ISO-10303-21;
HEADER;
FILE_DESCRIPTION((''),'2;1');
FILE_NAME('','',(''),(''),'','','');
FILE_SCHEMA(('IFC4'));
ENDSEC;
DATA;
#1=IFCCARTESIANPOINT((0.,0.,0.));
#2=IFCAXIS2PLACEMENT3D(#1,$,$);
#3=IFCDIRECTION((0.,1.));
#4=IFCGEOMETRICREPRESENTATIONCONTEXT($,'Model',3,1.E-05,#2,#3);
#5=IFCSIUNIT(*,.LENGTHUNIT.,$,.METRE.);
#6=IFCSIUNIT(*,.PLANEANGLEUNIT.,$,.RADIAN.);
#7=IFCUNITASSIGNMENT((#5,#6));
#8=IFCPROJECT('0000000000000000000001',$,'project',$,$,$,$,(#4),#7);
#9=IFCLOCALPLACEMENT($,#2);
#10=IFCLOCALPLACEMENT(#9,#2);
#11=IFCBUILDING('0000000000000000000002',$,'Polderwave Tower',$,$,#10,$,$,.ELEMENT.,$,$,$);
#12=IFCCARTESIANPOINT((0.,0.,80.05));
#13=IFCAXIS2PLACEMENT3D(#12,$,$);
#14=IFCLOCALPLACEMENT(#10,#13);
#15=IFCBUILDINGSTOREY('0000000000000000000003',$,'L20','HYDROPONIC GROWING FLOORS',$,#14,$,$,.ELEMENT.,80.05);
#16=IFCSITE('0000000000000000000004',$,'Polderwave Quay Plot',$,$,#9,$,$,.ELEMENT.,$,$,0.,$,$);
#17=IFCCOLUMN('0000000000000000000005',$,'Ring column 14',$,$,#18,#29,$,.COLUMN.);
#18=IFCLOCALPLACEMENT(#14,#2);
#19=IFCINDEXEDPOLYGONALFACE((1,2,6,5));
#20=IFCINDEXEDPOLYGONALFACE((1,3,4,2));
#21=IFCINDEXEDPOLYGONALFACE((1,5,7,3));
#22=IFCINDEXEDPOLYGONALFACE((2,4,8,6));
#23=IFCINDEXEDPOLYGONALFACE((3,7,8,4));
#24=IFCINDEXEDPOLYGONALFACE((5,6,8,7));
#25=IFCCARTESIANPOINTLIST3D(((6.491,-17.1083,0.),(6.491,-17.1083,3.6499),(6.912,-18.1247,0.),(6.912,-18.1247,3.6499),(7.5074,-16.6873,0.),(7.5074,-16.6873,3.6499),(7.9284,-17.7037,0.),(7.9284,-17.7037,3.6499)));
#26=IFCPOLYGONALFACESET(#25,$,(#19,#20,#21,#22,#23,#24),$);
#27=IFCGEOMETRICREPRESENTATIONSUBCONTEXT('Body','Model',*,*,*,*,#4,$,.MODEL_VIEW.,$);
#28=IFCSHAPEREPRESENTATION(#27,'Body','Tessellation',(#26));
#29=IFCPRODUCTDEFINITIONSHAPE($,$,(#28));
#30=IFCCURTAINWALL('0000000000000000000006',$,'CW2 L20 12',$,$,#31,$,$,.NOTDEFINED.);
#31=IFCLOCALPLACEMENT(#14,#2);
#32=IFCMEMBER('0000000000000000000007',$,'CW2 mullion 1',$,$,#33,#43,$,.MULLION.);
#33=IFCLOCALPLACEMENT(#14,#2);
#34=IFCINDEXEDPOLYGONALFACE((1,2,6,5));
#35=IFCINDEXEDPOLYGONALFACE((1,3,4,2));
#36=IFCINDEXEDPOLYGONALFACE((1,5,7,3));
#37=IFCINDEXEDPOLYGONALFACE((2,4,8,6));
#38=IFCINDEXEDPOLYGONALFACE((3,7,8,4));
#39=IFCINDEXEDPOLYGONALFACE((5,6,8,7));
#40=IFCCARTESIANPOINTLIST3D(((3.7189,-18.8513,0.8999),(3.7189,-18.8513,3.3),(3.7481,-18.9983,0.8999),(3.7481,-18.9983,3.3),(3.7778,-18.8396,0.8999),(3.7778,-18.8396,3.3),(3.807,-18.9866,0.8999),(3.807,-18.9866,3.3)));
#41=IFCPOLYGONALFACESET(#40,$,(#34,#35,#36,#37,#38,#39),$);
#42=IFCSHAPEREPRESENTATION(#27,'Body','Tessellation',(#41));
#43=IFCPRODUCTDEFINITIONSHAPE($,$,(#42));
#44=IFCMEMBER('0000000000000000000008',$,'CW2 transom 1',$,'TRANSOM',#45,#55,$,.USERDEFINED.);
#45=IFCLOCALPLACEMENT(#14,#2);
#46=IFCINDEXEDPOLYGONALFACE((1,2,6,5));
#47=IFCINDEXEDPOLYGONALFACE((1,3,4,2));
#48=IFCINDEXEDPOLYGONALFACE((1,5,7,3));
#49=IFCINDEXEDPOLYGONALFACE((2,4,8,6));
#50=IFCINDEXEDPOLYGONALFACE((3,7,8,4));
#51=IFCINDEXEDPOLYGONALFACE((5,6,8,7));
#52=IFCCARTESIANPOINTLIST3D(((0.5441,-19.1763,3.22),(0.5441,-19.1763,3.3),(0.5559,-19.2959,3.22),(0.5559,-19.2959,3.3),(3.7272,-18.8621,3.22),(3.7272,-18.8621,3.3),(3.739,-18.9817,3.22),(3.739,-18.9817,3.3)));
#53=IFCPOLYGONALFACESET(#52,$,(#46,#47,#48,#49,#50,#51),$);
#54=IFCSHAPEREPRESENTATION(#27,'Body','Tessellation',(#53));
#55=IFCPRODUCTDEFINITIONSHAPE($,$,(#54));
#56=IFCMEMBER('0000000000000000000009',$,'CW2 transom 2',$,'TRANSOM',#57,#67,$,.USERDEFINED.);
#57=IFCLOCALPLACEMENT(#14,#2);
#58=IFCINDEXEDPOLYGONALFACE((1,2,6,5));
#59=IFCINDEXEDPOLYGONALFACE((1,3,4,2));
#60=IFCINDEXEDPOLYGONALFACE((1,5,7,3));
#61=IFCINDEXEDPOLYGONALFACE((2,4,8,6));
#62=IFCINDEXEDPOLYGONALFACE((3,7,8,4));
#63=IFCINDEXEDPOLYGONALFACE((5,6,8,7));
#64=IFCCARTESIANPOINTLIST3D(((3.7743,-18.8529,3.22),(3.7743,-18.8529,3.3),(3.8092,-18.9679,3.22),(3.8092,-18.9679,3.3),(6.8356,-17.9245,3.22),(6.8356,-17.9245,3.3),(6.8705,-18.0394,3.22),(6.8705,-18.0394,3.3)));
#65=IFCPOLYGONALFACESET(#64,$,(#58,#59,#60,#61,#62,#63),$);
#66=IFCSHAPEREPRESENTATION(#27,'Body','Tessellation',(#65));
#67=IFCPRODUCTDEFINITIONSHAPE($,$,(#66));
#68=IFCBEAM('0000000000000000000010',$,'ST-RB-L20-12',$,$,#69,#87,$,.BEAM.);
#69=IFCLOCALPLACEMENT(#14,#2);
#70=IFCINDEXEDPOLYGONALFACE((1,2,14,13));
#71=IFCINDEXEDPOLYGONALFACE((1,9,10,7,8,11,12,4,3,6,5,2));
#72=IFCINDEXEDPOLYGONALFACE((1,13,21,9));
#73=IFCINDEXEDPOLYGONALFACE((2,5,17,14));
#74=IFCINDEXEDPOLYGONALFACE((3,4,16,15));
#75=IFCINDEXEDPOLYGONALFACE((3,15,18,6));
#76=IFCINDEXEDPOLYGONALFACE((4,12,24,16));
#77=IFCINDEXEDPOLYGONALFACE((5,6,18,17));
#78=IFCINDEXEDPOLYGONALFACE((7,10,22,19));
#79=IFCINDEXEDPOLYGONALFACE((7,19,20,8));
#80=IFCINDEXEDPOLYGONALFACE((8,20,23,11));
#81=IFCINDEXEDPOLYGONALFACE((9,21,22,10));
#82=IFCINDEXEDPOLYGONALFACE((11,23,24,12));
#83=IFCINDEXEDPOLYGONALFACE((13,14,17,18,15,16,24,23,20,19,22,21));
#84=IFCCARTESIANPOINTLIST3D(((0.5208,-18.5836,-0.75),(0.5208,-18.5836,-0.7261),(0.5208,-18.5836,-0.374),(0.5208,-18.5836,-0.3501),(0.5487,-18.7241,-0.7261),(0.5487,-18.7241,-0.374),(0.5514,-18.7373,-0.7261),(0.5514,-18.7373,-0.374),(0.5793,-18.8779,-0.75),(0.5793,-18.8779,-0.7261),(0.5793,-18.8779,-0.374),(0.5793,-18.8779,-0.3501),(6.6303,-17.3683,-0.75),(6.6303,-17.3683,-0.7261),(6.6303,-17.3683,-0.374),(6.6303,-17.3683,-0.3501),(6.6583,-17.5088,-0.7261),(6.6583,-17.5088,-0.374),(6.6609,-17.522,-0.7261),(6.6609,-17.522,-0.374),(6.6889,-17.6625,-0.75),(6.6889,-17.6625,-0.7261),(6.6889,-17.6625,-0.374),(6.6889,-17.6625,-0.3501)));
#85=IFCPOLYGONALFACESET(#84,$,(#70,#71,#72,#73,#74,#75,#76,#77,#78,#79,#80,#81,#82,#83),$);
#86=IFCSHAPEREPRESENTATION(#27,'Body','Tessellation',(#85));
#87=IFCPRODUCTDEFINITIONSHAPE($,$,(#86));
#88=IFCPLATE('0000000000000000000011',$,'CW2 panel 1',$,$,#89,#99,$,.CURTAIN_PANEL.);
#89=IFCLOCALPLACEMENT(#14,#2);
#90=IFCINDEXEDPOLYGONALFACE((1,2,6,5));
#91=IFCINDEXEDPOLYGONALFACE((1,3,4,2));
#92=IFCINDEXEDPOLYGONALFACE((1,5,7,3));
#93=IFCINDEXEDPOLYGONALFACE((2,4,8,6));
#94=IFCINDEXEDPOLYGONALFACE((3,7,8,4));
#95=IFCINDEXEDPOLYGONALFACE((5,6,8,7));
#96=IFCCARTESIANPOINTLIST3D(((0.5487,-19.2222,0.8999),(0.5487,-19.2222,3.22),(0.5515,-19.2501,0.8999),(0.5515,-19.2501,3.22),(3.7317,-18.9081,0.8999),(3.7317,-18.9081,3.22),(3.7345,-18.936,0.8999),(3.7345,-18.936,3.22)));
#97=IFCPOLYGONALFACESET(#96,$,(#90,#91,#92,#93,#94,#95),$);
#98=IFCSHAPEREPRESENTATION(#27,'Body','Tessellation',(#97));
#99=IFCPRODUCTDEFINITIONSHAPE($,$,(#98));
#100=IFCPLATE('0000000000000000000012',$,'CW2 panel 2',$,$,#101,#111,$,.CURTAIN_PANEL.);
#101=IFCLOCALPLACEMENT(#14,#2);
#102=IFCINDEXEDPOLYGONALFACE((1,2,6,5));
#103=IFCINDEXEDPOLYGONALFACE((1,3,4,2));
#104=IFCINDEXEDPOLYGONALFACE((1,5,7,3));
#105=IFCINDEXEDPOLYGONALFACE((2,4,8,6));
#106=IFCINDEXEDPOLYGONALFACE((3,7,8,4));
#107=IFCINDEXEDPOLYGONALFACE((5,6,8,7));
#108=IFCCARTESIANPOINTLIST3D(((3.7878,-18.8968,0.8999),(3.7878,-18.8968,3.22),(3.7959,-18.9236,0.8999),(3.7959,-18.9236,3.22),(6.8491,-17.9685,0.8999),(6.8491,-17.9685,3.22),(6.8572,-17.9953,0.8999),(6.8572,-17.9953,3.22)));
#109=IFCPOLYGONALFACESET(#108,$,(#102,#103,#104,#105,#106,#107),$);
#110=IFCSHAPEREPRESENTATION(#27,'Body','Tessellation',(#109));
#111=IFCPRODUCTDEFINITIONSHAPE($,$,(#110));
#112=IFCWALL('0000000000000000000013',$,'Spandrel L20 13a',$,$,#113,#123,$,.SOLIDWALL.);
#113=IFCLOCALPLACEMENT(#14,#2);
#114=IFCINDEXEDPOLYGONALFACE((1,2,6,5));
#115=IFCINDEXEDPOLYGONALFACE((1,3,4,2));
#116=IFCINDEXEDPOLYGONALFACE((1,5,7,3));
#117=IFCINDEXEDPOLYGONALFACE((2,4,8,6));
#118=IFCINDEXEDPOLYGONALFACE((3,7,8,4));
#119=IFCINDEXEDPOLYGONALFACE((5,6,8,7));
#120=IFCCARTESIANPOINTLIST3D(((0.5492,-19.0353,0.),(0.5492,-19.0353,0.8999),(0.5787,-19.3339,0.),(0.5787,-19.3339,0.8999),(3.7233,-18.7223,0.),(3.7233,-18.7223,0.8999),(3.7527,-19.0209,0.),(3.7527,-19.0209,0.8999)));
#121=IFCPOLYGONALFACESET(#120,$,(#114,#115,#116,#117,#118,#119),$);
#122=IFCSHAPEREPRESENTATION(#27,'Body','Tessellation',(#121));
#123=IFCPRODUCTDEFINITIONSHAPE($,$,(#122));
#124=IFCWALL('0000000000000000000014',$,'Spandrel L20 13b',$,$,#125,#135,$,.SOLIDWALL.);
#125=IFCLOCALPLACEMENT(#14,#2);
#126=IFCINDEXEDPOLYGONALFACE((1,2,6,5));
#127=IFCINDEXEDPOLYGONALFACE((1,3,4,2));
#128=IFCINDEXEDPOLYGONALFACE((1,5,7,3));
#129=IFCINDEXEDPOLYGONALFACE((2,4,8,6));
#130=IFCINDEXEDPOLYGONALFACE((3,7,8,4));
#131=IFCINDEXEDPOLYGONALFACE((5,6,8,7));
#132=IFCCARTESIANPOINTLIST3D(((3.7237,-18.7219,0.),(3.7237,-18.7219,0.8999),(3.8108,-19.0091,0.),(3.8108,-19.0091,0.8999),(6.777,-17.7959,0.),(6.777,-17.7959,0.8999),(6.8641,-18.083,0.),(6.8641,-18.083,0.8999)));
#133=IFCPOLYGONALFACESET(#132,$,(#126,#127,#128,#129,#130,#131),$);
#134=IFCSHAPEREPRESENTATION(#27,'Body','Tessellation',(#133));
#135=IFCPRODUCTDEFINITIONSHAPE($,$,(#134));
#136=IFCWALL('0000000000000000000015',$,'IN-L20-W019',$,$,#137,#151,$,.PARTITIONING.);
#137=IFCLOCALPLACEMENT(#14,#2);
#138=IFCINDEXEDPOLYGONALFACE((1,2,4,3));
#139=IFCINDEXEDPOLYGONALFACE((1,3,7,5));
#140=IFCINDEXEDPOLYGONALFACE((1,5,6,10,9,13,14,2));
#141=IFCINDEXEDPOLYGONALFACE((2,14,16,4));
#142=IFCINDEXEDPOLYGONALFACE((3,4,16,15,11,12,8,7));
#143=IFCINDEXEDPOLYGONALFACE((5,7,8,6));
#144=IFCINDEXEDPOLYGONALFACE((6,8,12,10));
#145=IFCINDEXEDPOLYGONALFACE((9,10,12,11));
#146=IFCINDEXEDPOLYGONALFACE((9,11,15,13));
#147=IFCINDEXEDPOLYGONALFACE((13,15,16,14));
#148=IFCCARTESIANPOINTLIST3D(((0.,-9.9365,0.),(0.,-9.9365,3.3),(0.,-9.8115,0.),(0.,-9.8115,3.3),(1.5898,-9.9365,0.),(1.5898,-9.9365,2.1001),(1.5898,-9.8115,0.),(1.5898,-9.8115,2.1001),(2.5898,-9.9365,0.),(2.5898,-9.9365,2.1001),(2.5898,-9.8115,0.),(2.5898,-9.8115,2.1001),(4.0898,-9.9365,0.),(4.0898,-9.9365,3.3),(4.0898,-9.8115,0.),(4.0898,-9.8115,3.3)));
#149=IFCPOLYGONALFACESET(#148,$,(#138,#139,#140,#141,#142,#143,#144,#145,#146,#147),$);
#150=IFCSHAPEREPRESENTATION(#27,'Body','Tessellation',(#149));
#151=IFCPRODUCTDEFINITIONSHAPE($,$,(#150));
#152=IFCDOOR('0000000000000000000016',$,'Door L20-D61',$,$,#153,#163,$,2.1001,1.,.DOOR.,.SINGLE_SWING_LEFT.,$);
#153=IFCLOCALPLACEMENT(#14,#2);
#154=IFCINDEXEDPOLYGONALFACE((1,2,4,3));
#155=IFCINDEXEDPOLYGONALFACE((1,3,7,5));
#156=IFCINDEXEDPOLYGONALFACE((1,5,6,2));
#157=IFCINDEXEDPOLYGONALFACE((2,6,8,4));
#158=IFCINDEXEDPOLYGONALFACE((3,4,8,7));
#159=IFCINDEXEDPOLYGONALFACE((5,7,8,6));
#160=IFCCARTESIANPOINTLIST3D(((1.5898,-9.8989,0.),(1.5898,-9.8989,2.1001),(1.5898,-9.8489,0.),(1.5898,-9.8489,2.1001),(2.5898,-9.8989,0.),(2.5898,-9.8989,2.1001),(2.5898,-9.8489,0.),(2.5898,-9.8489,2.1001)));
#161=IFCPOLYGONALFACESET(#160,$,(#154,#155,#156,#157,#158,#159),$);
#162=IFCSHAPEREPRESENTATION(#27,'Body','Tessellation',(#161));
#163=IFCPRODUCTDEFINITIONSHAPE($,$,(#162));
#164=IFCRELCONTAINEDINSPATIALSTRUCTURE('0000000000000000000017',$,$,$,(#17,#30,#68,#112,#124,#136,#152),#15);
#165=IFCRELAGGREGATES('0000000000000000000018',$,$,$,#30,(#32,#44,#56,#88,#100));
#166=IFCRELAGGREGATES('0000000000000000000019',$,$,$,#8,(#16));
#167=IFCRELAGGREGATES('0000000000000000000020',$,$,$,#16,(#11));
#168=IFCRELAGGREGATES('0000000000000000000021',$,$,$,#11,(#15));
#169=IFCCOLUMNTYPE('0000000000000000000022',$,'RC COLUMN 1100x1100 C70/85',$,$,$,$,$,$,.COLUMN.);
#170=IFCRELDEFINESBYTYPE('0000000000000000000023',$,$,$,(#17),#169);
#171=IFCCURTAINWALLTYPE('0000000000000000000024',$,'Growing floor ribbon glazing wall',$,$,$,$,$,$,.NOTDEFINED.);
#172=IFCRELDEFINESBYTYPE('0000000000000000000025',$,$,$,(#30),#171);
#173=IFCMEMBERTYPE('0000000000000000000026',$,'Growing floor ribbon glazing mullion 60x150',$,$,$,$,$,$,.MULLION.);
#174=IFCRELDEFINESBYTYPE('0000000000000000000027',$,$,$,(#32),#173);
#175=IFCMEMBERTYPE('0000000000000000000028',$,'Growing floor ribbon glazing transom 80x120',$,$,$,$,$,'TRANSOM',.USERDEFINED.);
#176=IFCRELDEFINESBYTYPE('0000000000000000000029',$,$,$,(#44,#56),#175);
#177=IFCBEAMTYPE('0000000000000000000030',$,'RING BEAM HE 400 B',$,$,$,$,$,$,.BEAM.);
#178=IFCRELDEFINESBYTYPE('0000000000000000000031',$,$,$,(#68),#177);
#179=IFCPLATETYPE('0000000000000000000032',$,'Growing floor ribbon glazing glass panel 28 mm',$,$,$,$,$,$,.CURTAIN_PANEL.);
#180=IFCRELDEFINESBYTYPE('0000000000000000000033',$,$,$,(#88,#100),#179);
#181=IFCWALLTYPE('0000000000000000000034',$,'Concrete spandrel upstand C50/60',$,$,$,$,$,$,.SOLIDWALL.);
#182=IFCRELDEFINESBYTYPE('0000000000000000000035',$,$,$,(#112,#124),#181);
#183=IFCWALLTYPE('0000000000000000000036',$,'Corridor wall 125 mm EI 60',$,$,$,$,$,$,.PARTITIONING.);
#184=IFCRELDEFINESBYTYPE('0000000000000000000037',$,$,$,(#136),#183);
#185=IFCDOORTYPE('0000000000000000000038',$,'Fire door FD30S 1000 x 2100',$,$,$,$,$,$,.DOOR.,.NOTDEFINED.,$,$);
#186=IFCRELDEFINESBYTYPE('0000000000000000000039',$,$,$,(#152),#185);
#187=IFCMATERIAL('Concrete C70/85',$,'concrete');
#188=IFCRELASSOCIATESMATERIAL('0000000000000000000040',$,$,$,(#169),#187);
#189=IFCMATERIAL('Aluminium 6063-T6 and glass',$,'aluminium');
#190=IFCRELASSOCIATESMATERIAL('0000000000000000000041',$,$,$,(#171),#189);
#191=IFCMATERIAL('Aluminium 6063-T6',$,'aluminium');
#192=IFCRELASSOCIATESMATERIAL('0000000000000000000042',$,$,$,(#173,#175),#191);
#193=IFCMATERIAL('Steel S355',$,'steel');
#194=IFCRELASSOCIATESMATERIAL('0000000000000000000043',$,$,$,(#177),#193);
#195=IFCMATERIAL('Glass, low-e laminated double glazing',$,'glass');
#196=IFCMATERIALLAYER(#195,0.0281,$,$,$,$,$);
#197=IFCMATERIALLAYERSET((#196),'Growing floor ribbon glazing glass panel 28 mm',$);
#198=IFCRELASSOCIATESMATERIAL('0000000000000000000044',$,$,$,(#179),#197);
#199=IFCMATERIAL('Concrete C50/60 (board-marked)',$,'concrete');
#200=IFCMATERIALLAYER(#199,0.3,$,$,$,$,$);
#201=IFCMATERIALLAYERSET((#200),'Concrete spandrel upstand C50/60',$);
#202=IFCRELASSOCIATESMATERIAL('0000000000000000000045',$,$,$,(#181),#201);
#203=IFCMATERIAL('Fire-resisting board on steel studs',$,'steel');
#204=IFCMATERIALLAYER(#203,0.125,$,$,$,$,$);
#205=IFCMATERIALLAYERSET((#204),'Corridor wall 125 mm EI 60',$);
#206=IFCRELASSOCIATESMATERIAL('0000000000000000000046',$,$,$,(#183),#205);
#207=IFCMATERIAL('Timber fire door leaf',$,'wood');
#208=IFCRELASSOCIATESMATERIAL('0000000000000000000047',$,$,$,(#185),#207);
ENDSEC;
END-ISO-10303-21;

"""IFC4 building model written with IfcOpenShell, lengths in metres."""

from ifc_helpers import new_model, si_unit, direction, frame, frame_2d, origin, origin_2d, place, context, subcontext, project, spatial, rectangle, i_section, extrude, material, layer, layer_set, material_profile, profile_set, type_object, element, fill, aggregate, save


model = new_model("IFC4")

# Units and contexts
model_context = context("Model", 3, precision=1e-05, world=origin(), true_north=direction((0.0, 1.0)))
body_context = subcontext(model_context, "Body", "Model", "MODEL_VIEW")
ifc_project = project(units=[si_unit("LENGTHUNIT", "METRE"), si_unit("PLANEANGLEUNIT", "RADIAN")], contexts=[model_context])

# Site, building, storey
site_placement = place(None, origin())
site = spatial("IfcSite", under=ifc_project, at=site_placement, Name="Polderwave Quay Plot", CompositionType="ELEMENT", RefElevation=0.0)
building_placement = place(site_placement, origin())
building = spatial("IfcBuilding", under=site, at=building_placement, Name="Polderwave Tower", CompositionType="ELEMENT")
storey_placement = place(building_placement, frame((0.0, 0.0, 80.05)))
storey = spatial("IfcBuildingStorey", under=building, at=storey_placement, Name="L20", Description="HYDROPONIC GROWING FLOORS", CompositionType="ELEMENT", Elevation=80.05)

# Column
ifc_material_1 = material(Name="Concrete C70/85", Category="concrete")
ifc_material_profile_1 = material_profile(ifc_material_1, rectangle(XDim=1.1001, YDim=1.1001, at=origin_2d()), Name="RC 1100x1100")
ifc_profile_set_1 = profile_set([ifc_material_profile_1], Name="Concrete C70/85")
column_type = type_object("IfcColumnType", Name="RC COLUMN 1100x1100 C70/85", PredefinedType="COLUMN", material=ifc_profile_set_1)
column_placement = place(storey_placement, frame((7.2097, -17.406, 0.0), z_axis=(0.0, 0.0, 1.0), x_axis=(0.382683, -0.92388, 0.0)))
element("IfcColumn", 1, at=column_placement, inside=storey, type_object=column_type, Name="Ring column 14", PredefinedType="COLUMN", context=body_context, shape_type="SweptSolid", body=[
    extrude(rectangle(XDim=1.1001, YDim=1.1001, at=origin_2d()), origin(), (0.0, 0.0, 1.0), 3.6499),
])

# Curtain wall, members
ifc_material_2 = material(Name="Aluminium 6063-T6 and glass", Category="aluminium")
curtain_wall_type = type_object("IfcCurtainWallType", Name="Growing floor ribbon glazing wall", PredefinedType="NOTDEFINED", material=ifc_material_2)
curtain_wall_placement = place(storey_placement, origin())
curtain_wall = element("IfcCurtainWall", 2, at=curtain_wall_placement, inside=storey, type_object=curtain_wall_type, Name="CW2 L20 12", PredefinedType="NOTDEFINED")
ifc_material_3 = material(Name="Aluminium 6063-T6", Category="aluminium")
ifc_material_profile_2 = material_profile(ifc_material_3, rectangle(XDim=0.1499, YDim=0.0601, at=origin_2d()), Name="AL 60x150")
ifc_profile_set_2 = profile_set([ifc_material_profile_2], Name="Aluminium 6063-T6")
member_type_1 = type_object("IfcMemberType", Name="Growing floor ribbon glazing mullion 60x150", PredefinedType="MULLION", material=ifc_profile_set_2)
member_1_placement = place(storey_placement, frame((3.7629, -18.9189, 0.8999), z_axis=(0.0, 0.0, 1.0), x_axis=(-0.195123, 0.980779, 0.0)))
member_1 = element("IfcMember", 3, at=member_1_placement, type_object=member_type_1, Name="CW2 mullion 1", PredefinedType="MULLION", context=body_context, shape_type="SweptSolid", body=[
    extrude(rectangle(XDim=0.1499, YDim=0.0601, at=origin_2d()), origin(), (0.0, 0.0, 1.0), 2.4001),
])
ifc_material_profile_3 = material_profile(ifc_material_3, rectangle(XDim=0.1201, YDim=0.0801, at=origin_2d()), Name="AL 80x120")
ifc_profile_set_3 = profile_set([ifc_material_profile_3], Name="Aluminium 6063-T6")
member_type_2 = type_object("IfcMemberType", Name="Growing floor ribbon glazing transom 80x120", ElementType="TRANSOM", PredefinedType="USERDEFINED", material=ifc_profile_set_3)
member_2_placement = place(storey_placement, frame((0.55, -19.2361, 3.26), z_axis=(0.995163, 0.098234, 0.0), x_axis=(-0.098234, 0.995163, 0.0)))
member_2 = element("IfcMember", 4, at=member_2_placement, type_object=member_type_2, Name="CW2 transom 1", ObjectType="TRANSOM", PredefinedType="USERDEFINED", context=body_context, shape_type="SweptSolid", body=[
    extrude(rectangle(XDim=0.1201, YDim=0.0801, at=origin_2d()), origin(), (0.0, 0.0, 1.0), 3.1985),
])
member_3_placement = place(storey_placement, frame((3.7917, -18.9104, 3.26), z_axis=(0.956954, 0.290238, 0.0), x_axis=(-0.290238, 0.956954, 0.0)))
member_3 = element("IfcMember", 5, at=member_3_placement, type_object=member_type_2, Name="CW2 transom 2", ObjectType="TRANSOM", PredefinedType="USERDEFINED", context=body_context, shape_type="SweptSolid", body=[
    extrude(rectangle(XDim=0.1201, YDim=0.0801, at=origin_2d()), origin(), (0.0, 0.0, 1.0), 3.199),
])

# Beam
ifc_material_4 = material(Name="Steel S355", Category="steel")
ifc_material_profile_4 = material_profile(ifc_material_4, i_section(OverallWidth=0.3, OverallDepth=0.3999, WebThickness=0.0134, FlangeThickness=0.0239, at=origin_2d()), Name="HE 400 B")
ifc_profile_set_4 = profile_set([ifc_material_profile_4], Name="Steel S355")
beam_type = type_object("IfcBeamType", Name="RING BEAM HE 400 B", PredefinedType="BEAM", material=ifc_profile_set_4)
beam_placement = place(storey_placement, frame((0.55, -18.7307, -0.55), z_axis=(0.980784, 0.195099, 0.0), x_axis=(-0.195099, 0.980784, 0.0)))
element("IfcBeam", 6, at=beam_placement, inside=storey, type_object=beam_type, Name="ST-RB-L20-12", PredefinedType="BEAM", context=body_context, shape_type="SweptSolid", body=[
    extrude(i_section(OverallWidth=0.3, OverallDepth=0.3999, WebThickness=0.0134, FlangeThickness=0.0239, at=origin_2d()), origin(), (0.0, 0.0, 1.0), 6.2292),
])

# Plates
ifc_material_5 = material(Name="Glass, low-e laminated double glazing", Category="glass")
ifc_layer_1 = layer(ifc_material_5, 0.0281)
ifc_layer_set_1 = layer_set([ifc_layer_1], Name="Growing floor ribbon glazing glass panel 28 mm")
plate_type = type_object("IfcPlateType", Name="Growing floor ribbon glazing glass panel 28 mm", PredefinedType="CURTAIN_PANEL", material=ifc_layer_set_1)
plate_1_placement = place(storey_placement, frame((2.1416, -19.0791, 0.8999), z_axis=(0.0, 0.0, 1.0), x_axis=(0.995168, 0.098186, 0.0)))
plate_1 = element("IfcPlate", 7, at=plate_1_placement, type_object=plate_type, Name="CW2 panel 1", PredefinedType="CURTAIN_PANEL", context=body_context, shape_type="SweptSolid", body=[
    extrude(rectangle(XDim=3.1985, YDim=0.0281, at=origin_2d()), origin(), (0.0, 0.0, 1.0), 2.3201),
])
plate_2_placement = place(storey_placement, frame((5.3225, -18.446, 0.8999), z_axis=(0.0, 0.0, 1.0), x_axis=(0.95697, 0.290188, 0.0)))
plate_2 = element("IfcPlate", 8, at=plate_2_placement, type_object=plate_type, Name="CW2 panel 2", PredefinedType="CURTAIN_PANEL", context=body_context, shape_type="SweptSolid", body=[
    extrude(rectangle(XDim=3.199, YDim=0.0281, at=origin_2d()), origin(), (0.0, 0.0, 1.0), 2.3201),
])
aggregate(curtain_wall, [member_1, member_2, member_3, plate_1, plate_2])

# Walls
ifc_material_6 = material(Name="Concrete C50/60 (board-marked)", Category="concrete")
ifc_layer_2 = layer(ifc_material_6, 0.3)
ifc_layer_set_2 = layer_set([ifc_layer_2], Name="Concrete spandrel upstand C50/60")
wall_type_1 = type_object("IfcWallType", Name="Concrete spandrel upstand C50/60", PredefinedType="SOLIDWALL", material=ifc_layer_set_2)
wall_1_placement = place(storey_placement, frame((0.564, -19.1846, 0.0), z_axis=(0.0, 0.0, 1.0), x_axis=(0.995173, 0.098132, 0.0)))
element("IfcWall", 9, at=wall_1_placement, inside=storey, type_object=wall_type_1, Name="Spandrel L20 13a", PredefinedType="SOLIDWALL", context=body_context, shape_type="SweptSolid", body=[
    extrude(rectangle(XDim=3.1895, YDim=0.3, at=frame_2d((1.5947, 0.0))), origin(), (0.0, 0.0, 1.0), 0.8999),
])
wall_2_placement = place(storey_placement, frame((3.7673, -18.8655, 0.0), z_axis=(0.0, 0.0, 1.0), x_axis=(0.956954, 0.290239, 0.0)))
element("IfcWall", 10, at=wall_2_placement, inside=storey, type_object=wall_type_1, Name="Spandrel L20 13b", PredefinedType="SOLIDWALL", context=body_context, shape_type="SweptSolid", body=[
    extrude(rectangle(XDim=3.1907, YDim=0.3, at=frame_2d((1.5952, 0.0))), origin(), (0.0, 0.0, 1.0), 0.8999),
])

# Wall, opening, door
ifc_material_7 = material(Name="Fire-resisting board on steel studs", Category="steel")
ifc_layer_3 = layer(ifc_material_7, 0.125)
ifc_layer_set_3 = layer_set([ifc_layer_3], Name="Corridor wall 125 mm EI 60")
wall_type_2 = type_object("IfcWallType", Name="Corridor wall 125 mm EI 60", PredefinedType="PARTITIONING", material=ifc_layer_set_3)
wall_3_placement = place(storey_placement, frame((4.0898, -9.874, 0.0), z_axis=(0.0, 0.0, 1.0), x_axis=(-1.0, 0.0, 0.0)))
wall_3 = element("IfcWall", 11, at=wall_3_placement, inside=storey, type_object=wall_type_2, Name="IN-L20-W019", PredefinedType="PARTITIONING", context=body_context, shape_type="SweptSolid", body=[
    extrude(rectangle(XDim=4.0898, YDim=0.125, at=frame_2d((2.0449, 0.0))), origin(), (0.0, 0.0, 1.0), 3.3),
])
opening_1_placement = place(wall_3_placement, frame((1.5, 0.0, 0.0)))
opening_1 = element("IfcOpeningElement", 12, at=opening_1_placement, cuts=wall_3, PredefinedType="OPENING", context=body_context, shape_type="SweptSolid", body=[
    extrude(rectangle(XDim=1.0, YDim=2.1001, at=frame_2d((0.5, 1.05))), frame((0.0, 0.0725, 0.0), z_axis=(0.0, -1.0, 0.0), x_axis=(1.0, 0.0, 0.0)), (0.0, 0.0, 1.0), 0.145),
])
ifc_material_8 = material(Name="Timber fire door leaf", Category="wood")
door_type_1 = type_object("IfcDoorType", Name="Fire door FD30S 1000 x 2100", OperationType="NOTDEFINED", PredefinedType="DOOR", material=ifc_material_8)
door_1_placement = place(opening_1_placement, origin())
door_1 = element("IfcDoor", 13, at=door_1_placement, inside=storey, type_object=door_type_1, Name="Door L20-D61", OperationType="SINGLE_SWING_LEFT", OverallHeight=2.1001, OverallWidth=1.0, PredefinedType="DOOR", context=body_context, shape_type="SweptSolid", body=[
    extrude(rectangle(XDim=1.0, YDim=2.1001, at=frame_2d((0.5, 1.05))), frame((0.0, 0.0249, 0.0), z_axis=(0.0, -1.0, 0.0), x_axis=(1.0, 0.0, 0.0)), (0.0, 0.0, 1.0), 0.05),
])
fill(opening_1, door_1)

save(model, "model.ifc")
